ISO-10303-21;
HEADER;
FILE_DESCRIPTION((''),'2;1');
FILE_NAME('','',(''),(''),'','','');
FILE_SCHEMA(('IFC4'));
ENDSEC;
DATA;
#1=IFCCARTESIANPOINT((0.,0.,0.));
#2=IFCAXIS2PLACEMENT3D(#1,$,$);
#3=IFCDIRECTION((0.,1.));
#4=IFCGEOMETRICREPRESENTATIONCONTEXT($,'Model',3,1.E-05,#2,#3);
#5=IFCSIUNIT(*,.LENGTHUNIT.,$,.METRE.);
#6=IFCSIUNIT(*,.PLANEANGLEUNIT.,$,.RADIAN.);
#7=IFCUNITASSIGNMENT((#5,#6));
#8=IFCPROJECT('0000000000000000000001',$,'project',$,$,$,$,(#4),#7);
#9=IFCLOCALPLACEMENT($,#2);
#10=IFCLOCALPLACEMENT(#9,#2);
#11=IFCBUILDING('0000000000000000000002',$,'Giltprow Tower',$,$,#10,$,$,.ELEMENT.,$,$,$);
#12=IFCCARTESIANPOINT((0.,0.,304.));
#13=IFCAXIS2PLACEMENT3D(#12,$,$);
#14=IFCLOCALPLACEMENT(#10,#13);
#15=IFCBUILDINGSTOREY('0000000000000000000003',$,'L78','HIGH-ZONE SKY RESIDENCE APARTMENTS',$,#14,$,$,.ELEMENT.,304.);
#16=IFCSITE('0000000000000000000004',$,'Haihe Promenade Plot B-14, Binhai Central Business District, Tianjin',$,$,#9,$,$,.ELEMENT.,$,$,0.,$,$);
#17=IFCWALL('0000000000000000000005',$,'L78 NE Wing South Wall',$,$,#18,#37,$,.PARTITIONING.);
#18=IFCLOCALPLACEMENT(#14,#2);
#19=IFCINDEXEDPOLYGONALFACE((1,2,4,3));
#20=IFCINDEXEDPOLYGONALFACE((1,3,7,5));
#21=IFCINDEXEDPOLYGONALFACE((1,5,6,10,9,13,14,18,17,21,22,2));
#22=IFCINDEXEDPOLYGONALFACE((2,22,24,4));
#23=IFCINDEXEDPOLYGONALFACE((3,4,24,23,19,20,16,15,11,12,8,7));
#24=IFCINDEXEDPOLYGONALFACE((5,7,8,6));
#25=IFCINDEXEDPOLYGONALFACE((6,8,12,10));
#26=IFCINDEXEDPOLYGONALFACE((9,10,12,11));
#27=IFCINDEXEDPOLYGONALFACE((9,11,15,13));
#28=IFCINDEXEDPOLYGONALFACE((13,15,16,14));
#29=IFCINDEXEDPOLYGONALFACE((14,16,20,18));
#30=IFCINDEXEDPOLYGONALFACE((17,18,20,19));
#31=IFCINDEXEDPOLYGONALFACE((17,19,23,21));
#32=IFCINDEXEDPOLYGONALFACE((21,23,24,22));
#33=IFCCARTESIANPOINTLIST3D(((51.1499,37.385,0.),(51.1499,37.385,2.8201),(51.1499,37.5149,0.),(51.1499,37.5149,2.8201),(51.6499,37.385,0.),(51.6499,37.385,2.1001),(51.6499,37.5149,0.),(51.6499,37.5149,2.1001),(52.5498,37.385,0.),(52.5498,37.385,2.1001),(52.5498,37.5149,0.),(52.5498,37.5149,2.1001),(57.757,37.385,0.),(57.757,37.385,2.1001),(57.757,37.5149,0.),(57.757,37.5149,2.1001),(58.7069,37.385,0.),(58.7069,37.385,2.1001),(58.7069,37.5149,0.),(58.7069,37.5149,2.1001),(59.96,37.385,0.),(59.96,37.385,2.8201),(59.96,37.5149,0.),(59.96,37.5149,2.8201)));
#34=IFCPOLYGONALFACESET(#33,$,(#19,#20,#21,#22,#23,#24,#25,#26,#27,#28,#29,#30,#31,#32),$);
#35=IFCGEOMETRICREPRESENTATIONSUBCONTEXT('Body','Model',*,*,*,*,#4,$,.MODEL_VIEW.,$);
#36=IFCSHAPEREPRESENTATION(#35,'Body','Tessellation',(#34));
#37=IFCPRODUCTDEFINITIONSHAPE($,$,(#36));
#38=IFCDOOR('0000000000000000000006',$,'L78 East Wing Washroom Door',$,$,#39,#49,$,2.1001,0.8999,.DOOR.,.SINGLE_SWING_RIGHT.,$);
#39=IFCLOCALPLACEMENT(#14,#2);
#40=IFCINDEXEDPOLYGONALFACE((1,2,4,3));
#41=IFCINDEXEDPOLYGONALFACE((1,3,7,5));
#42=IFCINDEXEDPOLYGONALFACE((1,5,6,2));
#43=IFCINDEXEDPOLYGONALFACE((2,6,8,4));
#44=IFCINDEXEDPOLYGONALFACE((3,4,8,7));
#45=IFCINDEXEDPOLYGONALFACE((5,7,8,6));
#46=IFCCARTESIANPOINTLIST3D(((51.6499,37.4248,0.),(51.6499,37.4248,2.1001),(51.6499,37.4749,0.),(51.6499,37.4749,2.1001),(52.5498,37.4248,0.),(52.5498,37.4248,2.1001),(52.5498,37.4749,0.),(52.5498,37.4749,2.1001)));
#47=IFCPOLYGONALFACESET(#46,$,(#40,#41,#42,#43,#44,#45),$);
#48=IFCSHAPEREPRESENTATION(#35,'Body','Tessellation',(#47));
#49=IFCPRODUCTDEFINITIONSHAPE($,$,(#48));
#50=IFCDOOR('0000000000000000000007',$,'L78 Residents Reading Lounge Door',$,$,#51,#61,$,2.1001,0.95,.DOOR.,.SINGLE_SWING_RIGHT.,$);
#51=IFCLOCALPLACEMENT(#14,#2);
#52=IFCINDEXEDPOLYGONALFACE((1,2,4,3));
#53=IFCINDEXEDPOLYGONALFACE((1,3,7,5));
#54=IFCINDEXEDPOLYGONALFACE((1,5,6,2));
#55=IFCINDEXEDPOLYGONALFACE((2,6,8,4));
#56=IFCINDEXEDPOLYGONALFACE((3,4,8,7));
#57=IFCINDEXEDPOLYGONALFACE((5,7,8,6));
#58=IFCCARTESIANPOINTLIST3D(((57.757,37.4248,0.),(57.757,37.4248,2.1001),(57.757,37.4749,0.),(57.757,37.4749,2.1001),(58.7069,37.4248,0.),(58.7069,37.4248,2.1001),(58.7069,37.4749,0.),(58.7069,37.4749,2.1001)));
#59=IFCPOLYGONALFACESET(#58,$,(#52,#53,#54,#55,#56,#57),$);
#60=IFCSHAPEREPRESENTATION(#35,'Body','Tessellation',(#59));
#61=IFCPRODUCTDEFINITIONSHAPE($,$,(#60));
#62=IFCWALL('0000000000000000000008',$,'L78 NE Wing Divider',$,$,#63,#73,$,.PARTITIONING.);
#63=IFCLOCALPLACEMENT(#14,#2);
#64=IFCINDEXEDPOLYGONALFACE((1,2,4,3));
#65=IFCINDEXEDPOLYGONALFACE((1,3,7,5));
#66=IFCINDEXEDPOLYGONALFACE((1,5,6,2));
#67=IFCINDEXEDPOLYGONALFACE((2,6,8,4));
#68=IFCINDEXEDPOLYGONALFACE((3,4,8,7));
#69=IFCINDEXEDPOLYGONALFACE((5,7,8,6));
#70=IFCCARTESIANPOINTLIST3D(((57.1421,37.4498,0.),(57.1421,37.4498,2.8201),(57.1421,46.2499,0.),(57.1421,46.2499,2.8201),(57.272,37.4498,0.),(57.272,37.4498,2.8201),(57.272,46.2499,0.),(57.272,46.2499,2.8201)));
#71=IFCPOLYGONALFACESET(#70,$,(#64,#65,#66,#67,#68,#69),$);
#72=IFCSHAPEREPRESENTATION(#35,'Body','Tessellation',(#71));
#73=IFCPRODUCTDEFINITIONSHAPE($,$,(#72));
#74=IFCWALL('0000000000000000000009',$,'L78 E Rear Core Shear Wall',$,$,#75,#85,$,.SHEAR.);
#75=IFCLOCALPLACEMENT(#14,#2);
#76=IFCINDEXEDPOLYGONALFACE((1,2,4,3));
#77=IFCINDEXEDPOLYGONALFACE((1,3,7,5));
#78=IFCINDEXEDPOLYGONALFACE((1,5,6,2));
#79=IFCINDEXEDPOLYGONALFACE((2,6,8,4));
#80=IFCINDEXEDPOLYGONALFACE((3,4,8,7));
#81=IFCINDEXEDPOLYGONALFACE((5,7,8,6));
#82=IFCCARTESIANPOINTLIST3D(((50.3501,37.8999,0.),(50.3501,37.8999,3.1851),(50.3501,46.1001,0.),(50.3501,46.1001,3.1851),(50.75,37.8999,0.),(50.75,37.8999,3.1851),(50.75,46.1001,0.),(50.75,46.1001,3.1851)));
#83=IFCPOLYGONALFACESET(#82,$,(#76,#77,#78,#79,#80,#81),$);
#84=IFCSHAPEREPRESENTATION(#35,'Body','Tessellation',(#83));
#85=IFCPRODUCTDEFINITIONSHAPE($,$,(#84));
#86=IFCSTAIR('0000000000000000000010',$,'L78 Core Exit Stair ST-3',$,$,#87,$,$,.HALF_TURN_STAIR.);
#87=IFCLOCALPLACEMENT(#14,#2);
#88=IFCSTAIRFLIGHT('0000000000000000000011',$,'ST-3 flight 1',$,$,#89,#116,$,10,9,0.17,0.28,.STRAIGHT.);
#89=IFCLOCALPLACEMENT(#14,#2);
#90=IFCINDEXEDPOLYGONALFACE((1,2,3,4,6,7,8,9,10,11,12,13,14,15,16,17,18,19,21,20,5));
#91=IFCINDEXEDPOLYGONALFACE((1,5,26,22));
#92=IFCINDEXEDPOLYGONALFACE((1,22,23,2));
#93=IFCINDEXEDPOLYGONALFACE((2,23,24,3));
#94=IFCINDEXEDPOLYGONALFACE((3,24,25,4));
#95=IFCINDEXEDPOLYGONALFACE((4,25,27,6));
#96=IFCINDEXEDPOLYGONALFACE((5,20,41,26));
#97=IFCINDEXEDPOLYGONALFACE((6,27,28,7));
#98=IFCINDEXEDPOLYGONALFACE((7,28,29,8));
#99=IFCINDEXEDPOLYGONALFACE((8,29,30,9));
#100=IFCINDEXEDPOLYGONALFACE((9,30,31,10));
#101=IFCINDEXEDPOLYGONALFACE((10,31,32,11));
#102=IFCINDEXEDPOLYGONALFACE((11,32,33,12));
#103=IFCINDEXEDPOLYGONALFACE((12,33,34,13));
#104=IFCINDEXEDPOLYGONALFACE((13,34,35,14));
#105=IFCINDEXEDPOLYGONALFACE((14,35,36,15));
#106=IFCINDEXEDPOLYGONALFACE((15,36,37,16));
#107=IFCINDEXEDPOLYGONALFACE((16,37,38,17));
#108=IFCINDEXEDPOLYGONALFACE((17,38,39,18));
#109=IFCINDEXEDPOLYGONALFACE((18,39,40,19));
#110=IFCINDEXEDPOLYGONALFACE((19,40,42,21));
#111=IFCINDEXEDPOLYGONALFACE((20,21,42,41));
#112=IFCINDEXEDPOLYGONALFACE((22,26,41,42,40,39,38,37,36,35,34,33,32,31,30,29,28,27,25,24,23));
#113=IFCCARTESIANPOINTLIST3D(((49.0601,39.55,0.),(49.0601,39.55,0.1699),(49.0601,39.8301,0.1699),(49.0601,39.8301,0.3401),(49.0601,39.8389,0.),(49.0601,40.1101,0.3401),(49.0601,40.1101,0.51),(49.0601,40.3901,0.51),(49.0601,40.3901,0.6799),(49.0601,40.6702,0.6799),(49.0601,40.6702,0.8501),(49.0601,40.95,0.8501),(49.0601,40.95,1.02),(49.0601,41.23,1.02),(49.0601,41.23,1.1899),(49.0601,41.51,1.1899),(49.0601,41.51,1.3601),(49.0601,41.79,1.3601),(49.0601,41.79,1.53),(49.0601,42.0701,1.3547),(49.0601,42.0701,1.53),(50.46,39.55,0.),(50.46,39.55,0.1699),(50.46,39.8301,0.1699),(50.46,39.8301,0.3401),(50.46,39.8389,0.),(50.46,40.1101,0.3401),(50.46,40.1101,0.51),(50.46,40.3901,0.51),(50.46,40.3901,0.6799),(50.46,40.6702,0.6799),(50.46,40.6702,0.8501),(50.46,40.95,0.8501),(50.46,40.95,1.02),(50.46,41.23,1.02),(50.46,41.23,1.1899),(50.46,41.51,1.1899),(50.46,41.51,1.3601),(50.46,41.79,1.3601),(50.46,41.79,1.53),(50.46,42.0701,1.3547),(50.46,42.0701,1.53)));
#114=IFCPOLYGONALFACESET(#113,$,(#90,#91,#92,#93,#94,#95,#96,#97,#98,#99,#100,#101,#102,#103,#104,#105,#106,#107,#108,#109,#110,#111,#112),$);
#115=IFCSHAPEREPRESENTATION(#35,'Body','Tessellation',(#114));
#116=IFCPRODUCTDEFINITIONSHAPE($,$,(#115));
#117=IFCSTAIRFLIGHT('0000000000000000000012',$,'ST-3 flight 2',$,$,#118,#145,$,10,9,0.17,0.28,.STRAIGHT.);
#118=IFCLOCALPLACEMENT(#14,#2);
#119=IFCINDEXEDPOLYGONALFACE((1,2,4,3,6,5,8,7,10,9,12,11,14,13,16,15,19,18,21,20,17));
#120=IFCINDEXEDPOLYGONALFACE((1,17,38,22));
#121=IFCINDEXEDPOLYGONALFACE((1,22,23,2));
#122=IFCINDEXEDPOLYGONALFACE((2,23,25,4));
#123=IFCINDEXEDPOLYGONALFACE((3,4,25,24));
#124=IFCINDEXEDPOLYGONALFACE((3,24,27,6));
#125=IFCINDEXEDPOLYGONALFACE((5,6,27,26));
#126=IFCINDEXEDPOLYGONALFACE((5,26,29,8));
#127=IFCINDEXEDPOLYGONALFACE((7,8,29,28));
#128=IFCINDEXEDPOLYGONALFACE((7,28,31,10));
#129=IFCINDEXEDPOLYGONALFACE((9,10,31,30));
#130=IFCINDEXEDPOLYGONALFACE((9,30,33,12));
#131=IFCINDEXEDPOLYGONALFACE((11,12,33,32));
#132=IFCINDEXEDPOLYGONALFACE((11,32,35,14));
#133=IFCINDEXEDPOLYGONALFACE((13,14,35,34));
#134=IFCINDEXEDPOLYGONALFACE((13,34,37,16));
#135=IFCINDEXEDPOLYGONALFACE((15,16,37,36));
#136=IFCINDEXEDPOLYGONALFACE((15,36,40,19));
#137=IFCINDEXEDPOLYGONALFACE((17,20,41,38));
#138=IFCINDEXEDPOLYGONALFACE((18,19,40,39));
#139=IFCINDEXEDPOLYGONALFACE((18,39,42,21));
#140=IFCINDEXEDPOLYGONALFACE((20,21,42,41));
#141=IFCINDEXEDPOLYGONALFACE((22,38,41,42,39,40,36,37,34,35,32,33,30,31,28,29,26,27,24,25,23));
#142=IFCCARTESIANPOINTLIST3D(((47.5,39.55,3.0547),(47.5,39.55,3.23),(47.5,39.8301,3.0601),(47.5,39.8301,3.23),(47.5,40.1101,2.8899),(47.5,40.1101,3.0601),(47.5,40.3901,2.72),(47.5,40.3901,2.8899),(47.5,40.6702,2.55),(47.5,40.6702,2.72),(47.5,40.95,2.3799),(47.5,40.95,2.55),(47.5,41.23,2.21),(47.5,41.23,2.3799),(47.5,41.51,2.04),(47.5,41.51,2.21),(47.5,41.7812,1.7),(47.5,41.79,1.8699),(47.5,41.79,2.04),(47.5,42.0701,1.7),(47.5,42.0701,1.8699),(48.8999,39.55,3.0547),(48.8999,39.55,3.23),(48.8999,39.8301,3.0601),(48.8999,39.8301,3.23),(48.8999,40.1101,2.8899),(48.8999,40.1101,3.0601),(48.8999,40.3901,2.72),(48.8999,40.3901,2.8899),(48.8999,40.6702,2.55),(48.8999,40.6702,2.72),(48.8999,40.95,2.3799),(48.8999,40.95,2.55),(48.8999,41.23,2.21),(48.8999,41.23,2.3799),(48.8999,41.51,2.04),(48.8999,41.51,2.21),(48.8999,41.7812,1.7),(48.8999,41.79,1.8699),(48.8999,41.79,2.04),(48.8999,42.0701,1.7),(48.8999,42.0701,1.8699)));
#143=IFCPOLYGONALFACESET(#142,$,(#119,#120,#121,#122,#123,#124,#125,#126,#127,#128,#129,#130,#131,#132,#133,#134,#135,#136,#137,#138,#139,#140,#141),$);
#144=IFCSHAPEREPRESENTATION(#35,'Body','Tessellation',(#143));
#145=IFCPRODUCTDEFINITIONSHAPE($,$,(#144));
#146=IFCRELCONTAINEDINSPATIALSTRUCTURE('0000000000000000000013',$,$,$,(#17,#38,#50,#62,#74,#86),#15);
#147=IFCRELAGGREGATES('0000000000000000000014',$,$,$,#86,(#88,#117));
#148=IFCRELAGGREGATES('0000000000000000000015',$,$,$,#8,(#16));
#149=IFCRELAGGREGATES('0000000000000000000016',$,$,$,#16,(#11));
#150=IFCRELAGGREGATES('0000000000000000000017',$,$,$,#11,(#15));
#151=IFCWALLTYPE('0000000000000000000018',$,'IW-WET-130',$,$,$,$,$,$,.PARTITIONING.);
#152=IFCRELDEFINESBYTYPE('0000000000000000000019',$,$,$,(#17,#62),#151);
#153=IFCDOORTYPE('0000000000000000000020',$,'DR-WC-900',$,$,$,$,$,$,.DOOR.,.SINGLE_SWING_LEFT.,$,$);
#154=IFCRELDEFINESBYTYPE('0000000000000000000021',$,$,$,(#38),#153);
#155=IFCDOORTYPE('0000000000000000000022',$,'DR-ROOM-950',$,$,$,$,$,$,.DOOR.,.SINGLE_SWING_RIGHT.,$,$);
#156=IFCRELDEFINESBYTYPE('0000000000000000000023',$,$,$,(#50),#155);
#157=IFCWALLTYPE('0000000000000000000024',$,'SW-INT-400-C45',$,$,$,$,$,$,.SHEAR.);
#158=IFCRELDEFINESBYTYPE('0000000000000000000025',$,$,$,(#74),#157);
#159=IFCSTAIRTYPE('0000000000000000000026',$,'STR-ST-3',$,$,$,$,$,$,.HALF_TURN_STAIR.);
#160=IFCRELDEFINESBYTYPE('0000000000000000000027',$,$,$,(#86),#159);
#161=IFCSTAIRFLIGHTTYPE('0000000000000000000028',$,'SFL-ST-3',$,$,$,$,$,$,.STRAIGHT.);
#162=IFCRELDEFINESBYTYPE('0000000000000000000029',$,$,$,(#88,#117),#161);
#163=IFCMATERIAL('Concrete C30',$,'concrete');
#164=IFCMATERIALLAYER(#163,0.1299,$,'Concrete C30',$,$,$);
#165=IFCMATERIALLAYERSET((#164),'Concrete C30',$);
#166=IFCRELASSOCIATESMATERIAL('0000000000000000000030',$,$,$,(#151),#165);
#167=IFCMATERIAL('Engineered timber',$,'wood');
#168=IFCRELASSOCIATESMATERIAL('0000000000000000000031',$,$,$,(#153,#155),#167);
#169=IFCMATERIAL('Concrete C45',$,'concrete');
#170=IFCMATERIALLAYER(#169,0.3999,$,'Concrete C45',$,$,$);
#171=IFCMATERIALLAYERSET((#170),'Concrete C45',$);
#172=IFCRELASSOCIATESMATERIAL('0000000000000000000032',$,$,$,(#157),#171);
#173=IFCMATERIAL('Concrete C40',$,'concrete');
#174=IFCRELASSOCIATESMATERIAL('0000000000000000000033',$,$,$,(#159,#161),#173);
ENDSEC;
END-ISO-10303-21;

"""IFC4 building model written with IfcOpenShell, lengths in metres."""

from ifc_helpers import new_model, si_unit, direction, frame, frame_2d, origin, place, context, subcontext, project, spatial, polyline, rectangle, outline, extrude, source, transform, mapped, material, layer, layer_set, type_object, element, fill, aggregate, save


model = new_model("IFC4")

# Units and contexts
model_context = context("Model", 3, precision=1e-05, world=origin(), true_north=direction((0.0, 1.0)))
body_context = subcontext(model_context, "Body", "Model", "MODEL_VIEW")
ifc_project = project(units=[si_unit("LENGTHUNIT", "METRE"), si_unit("PLANEANGLEUNIT", "RADIAN")], contexts=[model_context])

# Site, building, storey
site_placement = place(None, origin())
site = spatial("IfcSite", under=ifc_project, at=site_placement, Name="Haihe Promenade Plot B-14, Binhai Central Business District, Tianjin", CompositionType="ELEMENT", RefElevation=0.0)
building_placement = place(site_placement, origin())
building = spatial("IfcBuilding", under=site, at=building_placement, Name="Giltprow Tower", CompositionType="ELEMENT")
storey_placement = place(building_placement, frame((0.0, 0.0, 304.0)))
storey = spatial("IfcBuildingStorey", under=building, at=storey_placement, Name="L78", Description="HIGH-ZONE SKY RESIDENCE APARTMENTS", CompositionType="ELEMENT", Elevation=304.0)

# Shared definitions
ifc_material_1 = material(Name="Concrete C45", Category="concrete")

# Wall, openings, doors
ifc_material_2 = material(Name="Concrete C30", Category="concrete")
ifc_layer_1 = layer(ifc_material_2, 0.1299, Name="Concrete C30")
ifc_layer_set_1 = layer_set([ifc_layer_1], Name="Concrete C30")
wall_type_1 = type_object("IfcWallType", Name="IW-WET-130", PredefinedType="PARTITIONING", material=ifc_layer_set_1)
wall_1_placement = place(storey_placement, frame((51.1499, 37.45, 0.0), z_axis=(0.0, 0.0, 1.0), x_axis=(1.0, 0.0, 0.0)))
wall_1 = element("IfcWall", 1, at=wall_1_placement, inside=storey, type_object=wall_type_1, Name="L78 NE Wing South Wall", PredefinedType="PARTITIONING", context=body_context, shape_type="SweptSolid", body=[
    extrude(rectangle(XDim=8.8101, YDim=0.1299, at=frame_2d((4.405, 0.0))), origin(), (0.0, 0.0, 1.0), 2.8201),
])
opening_1_placement = place(wall_1_placement, frame((0.5, 0.0, 0.0)))
opening_1 = element("IfcOpeningElement", 2, at=opening_1_placement, cuts=wall_1, PredefinedType="OPENING", context=body_context, shape_type="SweptSolid", body=[
    extrude(rectangle(XDim=0.8999, YDim=2.1001, at=frame_2d((0.45, 1.05))), frame((0.0, 0.075, 0.0), z_axis=(0.0, -1.0, 0.0), x_axis=(1.0, 0.0, 0.0)), (0.0, 0.0, 1.0), 0.1499),
])
opening_2_placement = place(wall_1_placement, frame((6.6069, 0.0, 0.0)))
opening_2 = element("IfcOpeningElement", 3, at=opening_2_placement, cuts=wall_1, PredefinedType="OPENING", context=body_context, shape_type="SweptSolid", body=[
    extrude(rectangle(XDim=0.95, YDim=2.1001, at=frame_2d((0.4751, 1.05))), frame((0.0, 0.075, 0.0), z_axis=(0.0, -1.0, 0.0), x_axis=(1.0, 0.0, 0.0)), (0.0, 0.0, 1.0), 0.1499),
])
ifc_material_3 = material(Name="Engineered timber", Category="wood")
door_type_1 = type_object("IfcDoorType", Name="DR-WC-900", OperationType="SINGLE_SWING_LEFT", PredefinedType="DOOR", material=ifc_material_3)
shared_shape_1 = source(origin(), body_context, "Body", "SweptSolid", [
    extrude(rectangle(XDim=0.8999, YDim=2.1001, at=frame_2d((0.45, 1.05))), frame((0.0, 0.0249, 0.0), z_axis=(0.0, -1.0, 0.0), x_axis=(1.0, 0.0, 0.0)), (0.0, 0.0, 1.0), 0.05),
])
door_1_placement = place(opening_1_placement, origin())
door_1 = element("IfcDoor", 4, at=door_1_placement, inside=storey, type_object=door_type_1, Name="L78 East Wing Washroom Door", OperationType="SINGLE_SWING_RIGHT", OverallHeight=2.1001, OverallWidth=0.8999, PredefinedType="DOOR", context=body_context, shape_type="MappedRepresentation", body=[
    mapped(shared_shape_1, transform((0.0, 0.0, 0.0), x_axis=(1.0, 0.0, 0.0), y_axis=(0.0, 1.0, 0.0), z_axis=(0.0, 0.0, 1.0), scale=1.0)),
])
fill(opening_1, door_1)
door_type_2 = type_object("IfcDoorType", Name="DR-ROOM-950", OperationType="SINGLE_SWING_RIGHT", PredefinedType="DOOR", material=ifc_material_3)
shared_shape_2 = source(origin(), body_context, "Body", "SweptSolid", [
    extrude(rectangle(XDim=0.95, YDim=2.1001, at=frame_2d((0.4751, 1.05))), frame((0.0, 0.0249, 0.0), z_axis=(0.0, -1.0, 0.0), x_axis=(1.0, 0.0, 0.0)), (0.0, 0.0, 1.0), 0.05),
])
door_2_placement = place(opening_2_placement, origin())
door_2 = element("IfcDoor", 5, at=door_2_placement, inside=storey, type_object=door_type_2, Name="L78 Residents Reading Lounge Door", OperationType="SINGLE_SWING_RIGHT", OverallHeight=2.1001, OverallWidth=0.95, PredefinedType="DOOR", context=body_context, shape_type="MappedRepresentation", body=[
    mapped(shared_shape_2, transform((0.0, 0.0, 0.0), x_axis=(1.0, 0.0, 0.0), y_axis=(0.0, 1.0, 0.0), z_axis=(0.0, 0.0, 1.0), scale=1.0)),
])
fill(opening_2, door_2)

# Walls
wall_2_placement = place(storey_placement, frame((57.207, 37.45, 0.0), z_axis=(0.0, 0.0, 1.0), x_axis=(0.0, 1.0, 0.0)))
element("IfcWall", 6, at=wall_2_placement, inside=storey, type_object=wall_type_1, Name="L78 NE Wing Divider", PredefinedType="PARTITIONING", context=body_context, shape_type="SweptSolid", body=[
    extrude(rectangle(XDim=8.8, YDim=0.1299, at=frame_2d((4.3999, 0.0))), origin(), (0.0, 0.0, 1.0), 2.8201),
])
ifc_layer_2 = layer(ifc_material_1, 0.3999, Name="Concrete C45")
ifc_layer_set_2 = layer_set([ifc_layer_2], Name="Concrete C45")
wall_type_2 = type_object("IfcWallType", Name="SW-INT-400-C45", PredefinedType="SHEAR", material=ifc_layer_set_2)
wall_3_placement = place(storey_placement, frame((50.55, 37.8999, 0.0), z_axis=(0.0, 0.0, 1.0), x_axis=(0.0, 1.0, 0.0)))
element("IfcWall", 7, at=wall_3_placement, inside=storey, type_object=wall_type_2, Name="L78 E Rear Core Shear Wall", PredefinedType="SHEAR", context=body_context, shape_type="SweptSolid", body=[
    extrude(rectangle(XDim=8.2002, YDim=0.3999, at=frame_2d((4.1001, 0.0))), origin(), (0.0, 0.0, 1.0), 3.1851),
])

# Stair, stair flights
ifc_material_4 = material(Name="Concrete C40", Category="concrete")
stair_type = type_object("IfcStairType", Name="STR-ST-3", PredefinedType="HALF_TURN_STAIR", material=ifc_material_4)
stair_placement = place(storey_placement, origin())
stair = element("IfcStair", 8, at=stair_placement, inside=storey, type_object=stair_type, Name="L78 Core Exit Stair ST-3", PredefinedType="HALF_TURN_STAIR")
stair_flight_type = type_object("IfcStairFlightType", Name="SFL-ST-3", PredefinedType="STRAIGHT", material=ifc_material_4)
stair_flight_1_placement = place(storey_placement, frame((49.76, 39.55, 0.0), z_axis=(0.0, 0.0, 1.0), x_axis=(0.0, 1.0, 0.0)))
stair_flight_1 = element("IfcStairFlight", 9, at=stair_flight_1_placement, type_object=stair_flight_type, Name="ST-3 flight 1", NumberOfRisers=10, NumberOfTreads=9, PredefinedType="STRAIGHT", RiserHeight=0.17, TreadLength=0.28, context=body_context, shape_type="SweptSolid", body=[
    extrude(outline(polyline([(0.0, 0.0), (0.0, 0.1699), (0.28, 0.1699), (0.28, 0.3401), (0.5601, 0.3401), (0.5601, 0.51), (0.8401, 0.51), (0.8401, 0.6799), (1.1201, 0.6799), (1.1201, 0.8501), (1.3999, 0.8501), (1.3999, 1.02), (1.6799, 1.02), (1.6799, 1.1899), (1.96, 1.1899), (1.96, 1.3601), (2.24, 1.3601), (2.24, 1.53), (2.52, 1.53), (2.52, 1.7), (2.52, 1.3547), (0.2888, 0.0), (0.0, 0.0)])), frame((0.0, 0.7, 0.0), z_axis=(0.0, -1.0, 0.0), x_axis=(1.0, 0.0, 0.0)), (0.0, 0.0, 1.0), 1.3999),
])
stair_flight_2_placement = place(storey_placement, frame((48.2, 42.0701, 1.7), z_axis=(0.0, 0.0, 1.0), x_axis=(0.0, -1.0, 0.0)))
stair_flight_2 = element("IfcStairFlight", 10, at=stair_flight_2_placement, type_object=stair_flight_type, Name="ST-3 flight 2", NumberOfRisers=10, NumberOfTreads=9, PredefinedType="STRAIGHT", RiserHeight=0.17, TreadLength=0.28, context=body_context, shape_type="SweptSolid", body=[
    extrude(outline(polyline([(0.0, 0.0), (0.0, 0.1699), (0.28, 0.1699), (0.28, 0.3401), (0.5601, 0.3401), (0.5601, 0.51), (0.8401, 0.51), (0.8401, 0.6799), (1.1201, 0.6799), (1.1201, 0.8501), (1.3999, 0.8501), (1.3999, 1.02), (1.6799, 1.02), (1.6799, 1.1899), (1.96, 1.1899), (1.96, 1.3601), (2.24, 1.3601), (2.24, 1.53), (2.52, 1.53), (2.52, 1.7), (2.52, 1.3547), (0.2888, 0.0), (0.0, 0.0)])), frame((0.0, 0.7, 0.0), z_axis=(0.0, -1.0, 0.0), x_axis=(1.0, 0.0, 0.0)), (0.0, 0.0, 1.0), 1.3999),
])
aggregate(stair, [stair_flight_1, stair_flight_2])

save(model, "model.ifc")
